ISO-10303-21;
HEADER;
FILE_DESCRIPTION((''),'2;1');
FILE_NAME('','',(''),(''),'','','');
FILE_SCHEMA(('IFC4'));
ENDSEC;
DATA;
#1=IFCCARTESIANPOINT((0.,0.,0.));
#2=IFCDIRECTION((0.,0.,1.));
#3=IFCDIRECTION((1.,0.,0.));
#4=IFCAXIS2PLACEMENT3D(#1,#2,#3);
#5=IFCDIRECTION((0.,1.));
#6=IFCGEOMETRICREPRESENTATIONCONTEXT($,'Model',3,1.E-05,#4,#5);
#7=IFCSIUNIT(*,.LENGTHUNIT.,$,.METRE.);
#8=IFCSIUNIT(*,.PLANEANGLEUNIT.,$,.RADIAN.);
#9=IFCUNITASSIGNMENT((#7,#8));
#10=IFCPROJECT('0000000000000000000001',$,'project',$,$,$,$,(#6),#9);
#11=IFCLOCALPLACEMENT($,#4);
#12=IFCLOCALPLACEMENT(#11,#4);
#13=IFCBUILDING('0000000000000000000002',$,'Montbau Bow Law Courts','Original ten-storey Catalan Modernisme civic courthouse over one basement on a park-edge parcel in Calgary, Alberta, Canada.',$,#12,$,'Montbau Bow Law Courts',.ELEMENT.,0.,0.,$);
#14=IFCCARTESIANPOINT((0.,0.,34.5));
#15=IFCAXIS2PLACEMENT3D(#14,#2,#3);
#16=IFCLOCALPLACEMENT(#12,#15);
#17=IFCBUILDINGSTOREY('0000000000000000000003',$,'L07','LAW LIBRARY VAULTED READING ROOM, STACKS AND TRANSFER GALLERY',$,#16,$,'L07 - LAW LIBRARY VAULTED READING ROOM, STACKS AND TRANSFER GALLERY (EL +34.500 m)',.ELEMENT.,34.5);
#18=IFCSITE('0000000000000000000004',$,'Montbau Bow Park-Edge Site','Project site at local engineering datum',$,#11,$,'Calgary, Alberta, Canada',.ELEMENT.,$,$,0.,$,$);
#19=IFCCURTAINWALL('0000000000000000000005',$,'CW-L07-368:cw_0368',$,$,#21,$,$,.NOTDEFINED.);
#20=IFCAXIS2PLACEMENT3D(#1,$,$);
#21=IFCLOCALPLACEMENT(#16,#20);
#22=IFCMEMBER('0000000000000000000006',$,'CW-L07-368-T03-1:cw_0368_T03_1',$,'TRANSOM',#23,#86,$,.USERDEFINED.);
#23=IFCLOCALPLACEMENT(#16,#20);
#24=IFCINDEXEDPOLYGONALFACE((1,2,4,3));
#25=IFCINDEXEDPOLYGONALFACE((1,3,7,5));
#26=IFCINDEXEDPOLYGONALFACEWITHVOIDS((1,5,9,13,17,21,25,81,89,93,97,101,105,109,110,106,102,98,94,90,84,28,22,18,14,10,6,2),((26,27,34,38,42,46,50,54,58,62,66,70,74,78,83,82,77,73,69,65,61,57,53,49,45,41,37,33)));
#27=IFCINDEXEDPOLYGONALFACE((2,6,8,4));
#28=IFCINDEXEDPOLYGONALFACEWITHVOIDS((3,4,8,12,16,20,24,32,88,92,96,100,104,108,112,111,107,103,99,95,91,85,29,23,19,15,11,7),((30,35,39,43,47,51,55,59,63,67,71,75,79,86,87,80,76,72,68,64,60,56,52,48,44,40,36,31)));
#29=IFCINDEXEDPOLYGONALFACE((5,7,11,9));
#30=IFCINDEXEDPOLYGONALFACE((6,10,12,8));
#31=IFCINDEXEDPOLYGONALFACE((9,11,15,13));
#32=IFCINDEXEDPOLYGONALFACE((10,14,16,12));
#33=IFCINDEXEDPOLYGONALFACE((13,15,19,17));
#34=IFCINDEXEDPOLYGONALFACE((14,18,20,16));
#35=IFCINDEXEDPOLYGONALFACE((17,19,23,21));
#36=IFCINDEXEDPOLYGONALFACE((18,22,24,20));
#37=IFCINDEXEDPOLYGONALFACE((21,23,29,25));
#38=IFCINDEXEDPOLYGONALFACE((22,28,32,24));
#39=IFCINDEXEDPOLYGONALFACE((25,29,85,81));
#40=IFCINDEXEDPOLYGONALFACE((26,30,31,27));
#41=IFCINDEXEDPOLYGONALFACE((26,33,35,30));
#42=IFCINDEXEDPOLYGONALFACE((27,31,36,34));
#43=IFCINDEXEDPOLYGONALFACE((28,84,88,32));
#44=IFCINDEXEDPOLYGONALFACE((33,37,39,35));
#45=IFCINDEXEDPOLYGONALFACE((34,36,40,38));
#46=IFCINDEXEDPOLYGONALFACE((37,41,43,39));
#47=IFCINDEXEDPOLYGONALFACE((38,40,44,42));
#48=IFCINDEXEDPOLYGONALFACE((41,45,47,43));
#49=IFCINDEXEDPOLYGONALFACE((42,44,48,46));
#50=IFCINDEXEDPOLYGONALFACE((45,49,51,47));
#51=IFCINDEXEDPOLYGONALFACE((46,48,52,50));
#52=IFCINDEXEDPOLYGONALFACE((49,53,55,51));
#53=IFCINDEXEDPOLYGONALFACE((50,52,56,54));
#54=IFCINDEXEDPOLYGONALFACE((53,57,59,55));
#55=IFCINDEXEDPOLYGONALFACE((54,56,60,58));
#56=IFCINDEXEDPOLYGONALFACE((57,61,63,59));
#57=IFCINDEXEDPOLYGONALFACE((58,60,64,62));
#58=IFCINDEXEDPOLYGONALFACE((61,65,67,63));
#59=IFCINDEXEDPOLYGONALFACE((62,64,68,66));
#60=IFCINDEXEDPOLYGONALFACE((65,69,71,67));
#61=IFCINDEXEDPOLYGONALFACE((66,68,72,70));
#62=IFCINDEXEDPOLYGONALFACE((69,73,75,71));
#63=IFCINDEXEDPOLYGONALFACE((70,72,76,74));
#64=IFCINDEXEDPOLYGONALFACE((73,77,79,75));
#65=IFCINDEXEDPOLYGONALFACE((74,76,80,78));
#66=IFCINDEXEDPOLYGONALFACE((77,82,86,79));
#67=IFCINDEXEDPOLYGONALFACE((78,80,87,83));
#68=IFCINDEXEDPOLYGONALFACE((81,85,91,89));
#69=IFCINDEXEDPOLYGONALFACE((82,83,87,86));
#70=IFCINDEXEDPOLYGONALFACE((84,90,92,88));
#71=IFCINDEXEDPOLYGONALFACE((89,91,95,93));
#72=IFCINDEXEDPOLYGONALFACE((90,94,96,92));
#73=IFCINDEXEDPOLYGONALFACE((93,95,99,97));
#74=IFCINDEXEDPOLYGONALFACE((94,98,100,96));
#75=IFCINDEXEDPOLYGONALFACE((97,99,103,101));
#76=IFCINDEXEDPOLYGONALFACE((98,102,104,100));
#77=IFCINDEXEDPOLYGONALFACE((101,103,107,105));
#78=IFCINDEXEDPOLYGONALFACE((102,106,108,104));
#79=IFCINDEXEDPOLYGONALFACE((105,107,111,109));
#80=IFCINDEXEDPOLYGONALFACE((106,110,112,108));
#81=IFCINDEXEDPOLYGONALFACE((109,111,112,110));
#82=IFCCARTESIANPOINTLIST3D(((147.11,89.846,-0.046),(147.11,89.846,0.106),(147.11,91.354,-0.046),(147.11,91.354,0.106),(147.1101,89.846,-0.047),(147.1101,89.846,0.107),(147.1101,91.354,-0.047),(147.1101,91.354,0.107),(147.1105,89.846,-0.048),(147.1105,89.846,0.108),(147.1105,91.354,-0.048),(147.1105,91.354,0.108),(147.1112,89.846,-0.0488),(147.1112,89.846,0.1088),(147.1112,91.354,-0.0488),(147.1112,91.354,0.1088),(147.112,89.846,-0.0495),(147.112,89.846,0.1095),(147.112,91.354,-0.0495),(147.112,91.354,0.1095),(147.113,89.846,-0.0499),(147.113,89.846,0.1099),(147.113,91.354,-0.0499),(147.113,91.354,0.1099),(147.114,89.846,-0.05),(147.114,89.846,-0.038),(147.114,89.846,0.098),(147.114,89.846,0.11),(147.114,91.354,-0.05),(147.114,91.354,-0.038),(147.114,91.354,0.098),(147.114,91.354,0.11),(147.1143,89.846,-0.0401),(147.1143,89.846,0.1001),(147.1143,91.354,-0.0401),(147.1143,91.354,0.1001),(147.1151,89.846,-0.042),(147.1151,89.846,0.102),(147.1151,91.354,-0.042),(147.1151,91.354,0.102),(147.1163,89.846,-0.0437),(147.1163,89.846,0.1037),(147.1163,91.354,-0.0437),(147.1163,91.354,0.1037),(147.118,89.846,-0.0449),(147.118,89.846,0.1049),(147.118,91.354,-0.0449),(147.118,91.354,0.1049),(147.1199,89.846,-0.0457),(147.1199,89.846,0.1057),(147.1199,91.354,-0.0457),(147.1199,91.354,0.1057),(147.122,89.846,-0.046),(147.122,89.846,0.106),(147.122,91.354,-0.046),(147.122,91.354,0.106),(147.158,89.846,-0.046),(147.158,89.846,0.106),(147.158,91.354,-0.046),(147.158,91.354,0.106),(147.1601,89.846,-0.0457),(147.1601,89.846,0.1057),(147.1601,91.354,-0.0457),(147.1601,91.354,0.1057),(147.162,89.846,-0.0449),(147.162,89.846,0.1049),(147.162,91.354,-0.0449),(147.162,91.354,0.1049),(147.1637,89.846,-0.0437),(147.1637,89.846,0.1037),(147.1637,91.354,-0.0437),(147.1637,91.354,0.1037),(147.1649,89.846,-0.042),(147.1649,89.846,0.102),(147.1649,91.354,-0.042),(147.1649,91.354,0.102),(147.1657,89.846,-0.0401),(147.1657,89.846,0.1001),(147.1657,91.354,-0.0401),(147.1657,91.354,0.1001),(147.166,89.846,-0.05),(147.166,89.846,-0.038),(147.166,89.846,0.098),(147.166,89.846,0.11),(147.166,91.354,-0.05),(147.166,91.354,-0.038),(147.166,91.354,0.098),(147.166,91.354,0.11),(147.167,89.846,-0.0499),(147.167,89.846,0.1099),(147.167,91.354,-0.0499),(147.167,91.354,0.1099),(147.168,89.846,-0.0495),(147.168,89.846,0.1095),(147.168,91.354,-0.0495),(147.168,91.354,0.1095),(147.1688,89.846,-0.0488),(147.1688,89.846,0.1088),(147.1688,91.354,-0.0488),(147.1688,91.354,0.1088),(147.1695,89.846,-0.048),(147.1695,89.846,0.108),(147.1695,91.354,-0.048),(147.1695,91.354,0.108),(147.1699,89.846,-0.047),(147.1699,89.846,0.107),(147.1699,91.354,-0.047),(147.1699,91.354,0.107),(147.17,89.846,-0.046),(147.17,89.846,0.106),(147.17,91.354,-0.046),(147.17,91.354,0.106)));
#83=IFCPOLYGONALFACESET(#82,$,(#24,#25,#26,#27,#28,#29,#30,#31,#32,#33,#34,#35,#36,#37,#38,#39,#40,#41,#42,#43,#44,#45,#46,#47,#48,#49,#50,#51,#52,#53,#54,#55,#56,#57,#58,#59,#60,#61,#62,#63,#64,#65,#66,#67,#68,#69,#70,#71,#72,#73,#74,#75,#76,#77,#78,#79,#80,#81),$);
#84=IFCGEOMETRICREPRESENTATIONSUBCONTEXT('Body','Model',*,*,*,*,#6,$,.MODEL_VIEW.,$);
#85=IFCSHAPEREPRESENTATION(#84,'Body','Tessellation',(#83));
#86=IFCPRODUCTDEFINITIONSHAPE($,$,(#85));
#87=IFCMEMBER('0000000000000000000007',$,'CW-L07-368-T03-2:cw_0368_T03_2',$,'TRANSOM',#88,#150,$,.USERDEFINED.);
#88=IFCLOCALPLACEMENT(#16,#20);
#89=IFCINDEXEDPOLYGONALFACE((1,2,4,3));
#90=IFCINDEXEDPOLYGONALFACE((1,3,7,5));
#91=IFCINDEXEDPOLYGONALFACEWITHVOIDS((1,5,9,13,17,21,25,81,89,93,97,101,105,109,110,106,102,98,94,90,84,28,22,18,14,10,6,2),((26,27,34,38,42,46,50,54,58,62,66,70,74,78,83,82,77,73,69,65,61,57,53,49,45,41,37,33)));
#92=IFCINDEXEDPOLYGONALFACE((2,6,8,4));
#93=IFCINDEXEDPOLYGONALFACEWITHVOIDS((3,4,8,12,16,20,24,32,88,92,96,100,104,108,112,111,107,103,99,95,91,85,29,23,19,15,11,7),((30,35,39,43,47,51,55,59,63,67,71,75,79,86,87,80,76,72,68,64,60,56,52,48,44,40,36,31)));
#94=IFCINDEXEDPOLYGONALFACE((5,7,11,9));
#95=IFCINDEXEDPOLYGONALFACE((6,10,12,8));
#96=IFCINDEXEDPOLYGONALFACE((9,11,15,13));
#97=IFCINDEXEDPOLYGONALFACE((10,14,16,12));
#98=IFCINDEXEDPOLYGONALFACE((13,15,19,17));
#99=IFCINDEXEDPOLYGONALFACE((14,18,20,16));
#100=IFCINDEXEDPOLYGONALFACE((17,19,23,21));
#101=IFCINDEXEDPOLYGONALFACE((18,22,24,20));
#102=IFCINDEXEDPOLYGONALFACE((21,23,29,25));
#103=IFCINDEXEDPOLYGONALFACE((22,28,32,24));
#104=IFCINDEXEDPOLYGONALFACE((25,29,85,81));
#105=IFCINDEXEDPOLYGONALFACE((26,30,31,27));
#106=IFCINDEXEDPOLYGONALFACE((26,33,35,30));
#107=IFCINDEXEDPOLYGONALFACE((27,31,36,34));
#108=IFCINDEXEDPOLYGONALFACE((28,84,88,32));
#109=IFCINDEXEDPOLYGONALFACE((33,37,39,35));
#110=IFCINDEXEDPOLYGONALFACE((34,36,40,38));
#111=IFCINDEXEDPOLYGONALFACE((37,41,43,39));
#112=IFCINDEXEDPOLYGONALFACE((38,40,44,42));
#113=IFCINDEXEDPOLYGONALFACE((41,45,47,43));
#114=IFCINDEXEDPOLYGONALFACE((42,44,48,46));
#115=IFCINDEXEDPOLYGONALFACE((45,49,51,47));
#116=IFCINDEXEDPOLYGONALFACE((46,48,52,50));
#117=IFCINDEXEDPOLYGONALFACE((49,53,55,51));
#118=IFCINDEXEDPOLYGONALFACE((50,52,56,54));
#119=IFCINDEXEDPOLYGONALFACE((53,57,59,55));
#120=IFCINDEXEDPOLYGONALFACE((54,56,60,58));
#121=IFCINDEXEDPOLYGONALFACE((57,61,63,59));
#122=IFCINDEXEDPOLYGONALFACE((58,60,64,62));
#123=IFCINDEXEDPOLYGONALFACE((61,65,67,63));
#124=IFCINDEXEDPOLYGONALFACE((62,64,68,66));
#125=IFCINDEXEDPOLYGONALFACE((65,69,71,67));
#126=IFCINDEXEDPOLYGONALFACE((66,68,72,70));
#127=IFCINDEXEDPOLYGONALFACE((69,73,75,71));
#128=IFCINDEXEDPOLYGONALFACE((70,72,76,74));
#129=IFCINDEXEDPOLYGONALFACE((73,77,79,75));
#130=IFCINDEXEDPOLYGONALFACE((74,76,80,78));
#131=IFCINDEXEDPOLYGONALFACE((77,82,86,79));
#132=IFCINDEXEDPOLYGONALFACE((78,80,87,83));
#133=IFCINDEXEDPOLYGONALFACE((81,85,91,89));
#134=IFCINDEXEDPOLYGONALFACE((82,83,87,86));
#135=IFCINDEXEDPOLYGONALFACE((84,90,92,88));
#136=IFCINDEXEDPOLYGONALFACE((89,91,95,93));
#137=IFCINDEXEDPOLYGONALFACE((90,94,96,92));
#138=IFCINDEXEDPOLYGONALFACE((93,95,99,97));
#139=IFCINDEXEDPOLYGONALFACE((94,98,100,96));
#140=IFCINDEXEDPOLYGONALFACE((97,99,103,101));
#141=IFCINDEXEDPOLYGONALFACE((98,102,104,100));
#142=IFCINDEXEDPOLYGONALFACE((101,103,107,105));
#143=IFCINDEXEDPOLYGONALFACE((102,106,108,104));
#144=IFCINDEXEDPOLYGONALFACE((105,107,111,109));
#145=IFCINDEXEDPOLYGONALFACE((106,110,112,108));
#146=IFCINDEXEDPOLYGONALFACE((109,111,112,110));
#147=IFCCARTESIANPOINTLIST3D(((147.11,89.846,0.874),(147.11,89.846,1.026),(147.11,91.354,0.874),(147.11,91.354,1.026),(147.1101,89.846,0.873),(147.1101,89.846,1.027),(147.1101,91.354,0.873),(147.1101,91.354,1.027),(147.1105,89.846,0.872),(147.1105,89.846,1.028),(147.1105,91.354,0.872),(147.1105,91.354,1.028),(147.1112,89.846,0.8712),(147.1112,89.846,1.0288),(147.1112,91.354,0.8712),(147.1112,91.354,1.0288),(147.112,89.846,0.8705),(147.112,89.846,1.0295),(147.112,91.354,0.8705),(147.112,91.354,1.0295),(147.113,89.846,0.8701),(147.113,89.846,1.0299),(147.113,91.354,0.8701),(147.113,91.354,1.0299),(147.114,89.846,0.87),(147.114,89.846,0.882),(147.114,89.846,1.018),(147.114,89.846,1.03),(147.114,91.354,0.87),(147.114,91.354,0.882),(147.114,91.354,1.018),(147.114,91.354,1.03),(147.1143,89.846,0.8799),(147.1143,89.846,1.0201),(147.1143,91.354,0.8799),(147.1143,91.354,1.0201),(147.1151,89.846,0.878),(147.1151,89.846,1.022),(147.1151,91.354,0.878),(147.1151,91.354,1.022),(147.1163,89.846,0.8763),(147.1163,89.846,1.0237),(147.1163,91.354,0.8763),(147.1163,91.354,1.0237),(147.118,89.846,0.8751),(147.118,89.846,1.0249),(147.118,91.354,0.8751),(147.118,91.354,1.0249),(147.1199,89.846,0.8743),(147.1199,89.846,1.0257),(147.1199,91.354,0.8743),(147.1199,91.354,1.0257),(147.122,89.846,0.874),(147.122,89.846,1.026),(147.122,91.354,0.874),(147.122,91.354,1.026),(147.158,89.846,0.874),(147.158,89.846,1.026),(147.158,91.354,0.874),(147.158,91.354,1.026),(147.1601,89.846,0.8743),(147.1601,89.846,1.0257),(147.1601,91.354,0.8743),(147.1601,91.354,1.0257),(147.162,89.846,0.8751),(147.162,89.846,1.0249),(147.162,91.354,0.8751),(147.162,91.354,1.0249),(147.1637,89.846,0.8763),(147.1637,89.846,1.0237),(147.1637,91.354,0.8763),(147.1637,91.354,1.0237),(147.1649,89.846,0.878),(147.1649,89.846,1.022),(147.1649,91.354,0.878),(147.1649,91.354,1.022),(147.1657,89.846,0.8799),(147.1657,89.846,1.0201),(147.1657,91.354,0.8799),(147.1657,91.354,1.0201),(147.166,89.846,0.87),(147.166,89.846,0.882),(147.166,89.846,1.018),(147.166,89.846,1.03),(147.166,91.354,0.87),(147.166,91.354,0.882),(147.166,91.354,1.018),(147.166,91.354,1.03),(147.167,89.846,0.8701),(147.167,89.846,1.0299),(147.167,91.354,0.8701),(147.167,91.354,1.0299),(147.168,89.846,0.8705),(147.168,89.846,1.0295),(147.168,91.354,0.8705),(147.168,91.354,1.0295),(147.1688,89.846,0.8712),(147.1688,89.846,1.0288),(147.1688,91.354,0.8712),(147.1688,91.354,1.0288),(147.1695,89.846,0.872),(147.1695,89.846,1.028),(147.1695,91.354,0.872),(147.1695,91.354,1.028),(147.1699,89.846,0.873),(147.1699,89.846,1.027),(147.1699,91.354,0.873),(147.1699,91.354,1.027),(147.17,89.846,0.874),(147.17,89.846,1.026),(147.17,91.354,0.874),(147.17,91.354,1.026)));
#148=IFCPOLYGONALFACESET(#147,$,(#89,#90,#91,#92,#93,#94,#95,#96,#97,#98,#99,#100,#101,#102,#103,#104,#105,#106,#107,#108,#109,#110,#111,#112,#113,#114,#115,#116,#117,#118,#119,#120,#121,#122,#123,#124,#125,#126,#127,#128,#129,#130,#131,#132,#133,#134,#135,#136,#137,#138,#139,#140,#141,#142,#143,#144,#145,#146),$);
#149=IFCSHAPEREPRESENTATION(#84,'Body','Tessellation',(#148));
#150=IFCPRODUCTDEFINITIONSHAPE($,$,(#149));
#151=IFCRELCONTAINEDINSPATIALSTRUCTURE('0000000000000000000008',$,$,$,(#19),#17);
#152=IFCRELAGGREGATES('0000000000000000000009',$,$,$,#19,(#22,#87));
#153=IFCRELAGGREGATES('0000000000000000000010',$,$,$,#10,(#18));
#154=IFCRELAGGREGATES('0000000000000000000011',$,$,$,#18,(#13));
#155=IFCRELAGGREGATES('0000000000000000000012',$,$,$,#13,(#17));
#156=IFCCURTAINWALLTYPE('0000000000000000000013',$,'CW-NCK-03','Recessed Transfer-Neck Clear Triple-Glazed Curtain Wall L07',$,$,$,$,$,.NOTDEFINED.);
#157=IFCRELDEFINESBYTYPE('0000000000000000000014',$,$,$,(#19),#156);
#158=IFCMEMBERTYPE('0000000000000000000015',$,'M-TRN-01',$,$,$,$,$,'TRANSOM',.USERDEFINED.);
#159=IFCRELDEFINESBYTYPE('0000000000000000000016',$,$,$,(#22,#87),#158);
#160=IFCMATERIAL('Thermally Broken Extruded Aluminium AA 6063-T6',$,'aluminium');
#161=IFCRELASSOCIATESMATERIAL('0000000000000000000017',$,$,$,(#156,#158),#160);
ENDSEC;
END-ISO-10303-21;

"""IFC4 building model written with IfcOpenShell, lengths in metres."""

from ifc_helpers import new_model, si_unit, direction, frame, origin_with_axes, origin_2d_with_axis, place, context, subcontext, project, spatial, hollow_rectangle, extrude, material, material_profile, profile_set, type_object, element, aggregate, save


model = new_model("IFC4")

# Units and contexts
model_context = context("Model", 3, precision=1e-05, world=origin_with_axes(), true_north=direction((0.0, 1.0)))
body_context = subcontext(model_context, "Body", "Model", "MODEL_VIEW")
ifc_project = project(units=[si_unit("LENGTHUNIT", "METRE"), si_unit("PLANEANGLEUNIT", "RADIAN")], contexts=[model_context])

# Site, building, storey
site_placement = place(None, origin_with_axes())
site = spatial("IfcSite", under=ifc_project, at=site_placement, Name="Montbau Bow Park-Edge Site", Description="Project site at local engineering datum", LongName="Calgary, Alberta, Canada", CompositionType="ELEMENT", RefElevation=0.0)
building_placement = place(site_placement, origin_with_axes())
building = spatial("IfcBuilding", under=site, at=building_placement, Name="Montbau Bow Law Courts", Description="Original ten-storey Catalan Modernisme civic courthouse over one basement on a park-edge parcel in Calgary, Alberta, Canada.", LongName="Montbau Bow Law Courts", CompositionType="ELEMENT", ElevationOfRefHeight=0.0, ElevationOfTerrain=0.0)
storey_placement = place(building_placement, frame((0.0, 0.0, 34.5), z_axis=(0.0, 0.0, 1.0), x_axis=(1.0, 0.0, 0.0)))
storey = spatial("IfcBuildingStorey", under=building, at=storey_placement, Name="L07", Description="LAW LIBRARY VAULTED READING ROOM, STACKS AND TRANSFER GALLERY", LongName="L07 - LAW LIBRARY VAULTED READING ROOM, STACKS AND TRANSFER GALLERY (EL +34.500 m)", CompositionType="ELEMENT", Elevation=34.5)

# Curtain wall, members
ifc_material_1 = material(Name="Thermally Broken Extruded Aluminium AA 6063-T6", Category="aluminium")
curtain_wall_type = type_object("IfcCurtainWallType", Name="CW-NCK-03", Description="Recessed Transfer-Neck Clear Triple-Glazed Curtain Wall L07", PredefinedType="NOTDEFINED", material=ifc_material_1)
curtain_wall_placement = place(None, frame((147.14, 86.668, 34.5), z_axis=(0.0, 0.0, 1.0), x_axis=(1.0, 0.0, 0.0)))
curtain_wall = element("IfcCurtainWall", 1, at=curtain_wall_placement, inside=storey, type_object=curtain_wall_type, Name="CW-L07-368:cw_0368", PredefinedType="NOTDEFINED")
ifc_material_profile_1 = material_profile(ifc_material_1, hollow_rectangle(XDim=0.06, YDim=0.16, WallThickness=0.004, InnerFilletRadius=0.008, OuterFilletRadius=0.004, at=origin_2d_with_axis()), Name="CWT-160X60", Category="Main", Priority=0)
ifc_profile_set_1 = profile_set([ifc_material_profile_1], Name="Thermally Broken Extruded Aluminium AA 6063-T6")
member_type_1 = type_object("IfcMemberType", Name="M-TRN-01", ElementType="TRANSOM", PredefinedType="USERDEFINED", material=ifc_profile_set_1)
member_1_placement = place(None, frame((147.14, 89.846, 34.53), z_axis=(0.0, 1.0, 0.0), x_axis=(-1.0, 0.0, 0.0)))
member_1 = element("IfcMember", 2, at=member_1_placement, type_object=member_type_1, Name="CW-L07-368-T03-1:cw_0368_T03_1", ObjectType="TRANSOM", PredefinedType="USERDEFINED", context=body_context, shape_type="SweptSolid", body=[
    extrude(hollow_rectangle(XDim=0.06, YDim=0.16, WallThickness=0.004, InnerFilletRadius=0.008, OuterFilletRadius=0.004, at=origin_2d_with_axis()), origin_with_axes(), (0.0, 0.0, 1.0), 1.508),
])
member_2_placement = place(None, frame((147.14, 89.846, 35.45), z_axis=(0.0, 1.0, 0.0), x_axis=(-1.0, 0.0, 0.0)))
member_2 = element("IfcMember", 3, at=member_2_placement, type_object=member_type_1, Name="CW-L07-368-T03-2:cw_0368_T03_2", ObjectType="TRANSOM", PredefinedType="USERDEFINED", context=body_context, shape_type="SweptSolid", body=[
    extrude(hollow_rectangle(XDim=0.06, YDim=0.16, WallThickness=0.004, InnerFilletRadius=0.008, OuterFilletRadius=0.004, at=origin_2d_with_axis()), origin_with_axes(), (0.0, 0.0, 1.0), 1.508),
])
aggregate(curtain_wall, [member_1, member_2])

save(model, "model.ifc")
